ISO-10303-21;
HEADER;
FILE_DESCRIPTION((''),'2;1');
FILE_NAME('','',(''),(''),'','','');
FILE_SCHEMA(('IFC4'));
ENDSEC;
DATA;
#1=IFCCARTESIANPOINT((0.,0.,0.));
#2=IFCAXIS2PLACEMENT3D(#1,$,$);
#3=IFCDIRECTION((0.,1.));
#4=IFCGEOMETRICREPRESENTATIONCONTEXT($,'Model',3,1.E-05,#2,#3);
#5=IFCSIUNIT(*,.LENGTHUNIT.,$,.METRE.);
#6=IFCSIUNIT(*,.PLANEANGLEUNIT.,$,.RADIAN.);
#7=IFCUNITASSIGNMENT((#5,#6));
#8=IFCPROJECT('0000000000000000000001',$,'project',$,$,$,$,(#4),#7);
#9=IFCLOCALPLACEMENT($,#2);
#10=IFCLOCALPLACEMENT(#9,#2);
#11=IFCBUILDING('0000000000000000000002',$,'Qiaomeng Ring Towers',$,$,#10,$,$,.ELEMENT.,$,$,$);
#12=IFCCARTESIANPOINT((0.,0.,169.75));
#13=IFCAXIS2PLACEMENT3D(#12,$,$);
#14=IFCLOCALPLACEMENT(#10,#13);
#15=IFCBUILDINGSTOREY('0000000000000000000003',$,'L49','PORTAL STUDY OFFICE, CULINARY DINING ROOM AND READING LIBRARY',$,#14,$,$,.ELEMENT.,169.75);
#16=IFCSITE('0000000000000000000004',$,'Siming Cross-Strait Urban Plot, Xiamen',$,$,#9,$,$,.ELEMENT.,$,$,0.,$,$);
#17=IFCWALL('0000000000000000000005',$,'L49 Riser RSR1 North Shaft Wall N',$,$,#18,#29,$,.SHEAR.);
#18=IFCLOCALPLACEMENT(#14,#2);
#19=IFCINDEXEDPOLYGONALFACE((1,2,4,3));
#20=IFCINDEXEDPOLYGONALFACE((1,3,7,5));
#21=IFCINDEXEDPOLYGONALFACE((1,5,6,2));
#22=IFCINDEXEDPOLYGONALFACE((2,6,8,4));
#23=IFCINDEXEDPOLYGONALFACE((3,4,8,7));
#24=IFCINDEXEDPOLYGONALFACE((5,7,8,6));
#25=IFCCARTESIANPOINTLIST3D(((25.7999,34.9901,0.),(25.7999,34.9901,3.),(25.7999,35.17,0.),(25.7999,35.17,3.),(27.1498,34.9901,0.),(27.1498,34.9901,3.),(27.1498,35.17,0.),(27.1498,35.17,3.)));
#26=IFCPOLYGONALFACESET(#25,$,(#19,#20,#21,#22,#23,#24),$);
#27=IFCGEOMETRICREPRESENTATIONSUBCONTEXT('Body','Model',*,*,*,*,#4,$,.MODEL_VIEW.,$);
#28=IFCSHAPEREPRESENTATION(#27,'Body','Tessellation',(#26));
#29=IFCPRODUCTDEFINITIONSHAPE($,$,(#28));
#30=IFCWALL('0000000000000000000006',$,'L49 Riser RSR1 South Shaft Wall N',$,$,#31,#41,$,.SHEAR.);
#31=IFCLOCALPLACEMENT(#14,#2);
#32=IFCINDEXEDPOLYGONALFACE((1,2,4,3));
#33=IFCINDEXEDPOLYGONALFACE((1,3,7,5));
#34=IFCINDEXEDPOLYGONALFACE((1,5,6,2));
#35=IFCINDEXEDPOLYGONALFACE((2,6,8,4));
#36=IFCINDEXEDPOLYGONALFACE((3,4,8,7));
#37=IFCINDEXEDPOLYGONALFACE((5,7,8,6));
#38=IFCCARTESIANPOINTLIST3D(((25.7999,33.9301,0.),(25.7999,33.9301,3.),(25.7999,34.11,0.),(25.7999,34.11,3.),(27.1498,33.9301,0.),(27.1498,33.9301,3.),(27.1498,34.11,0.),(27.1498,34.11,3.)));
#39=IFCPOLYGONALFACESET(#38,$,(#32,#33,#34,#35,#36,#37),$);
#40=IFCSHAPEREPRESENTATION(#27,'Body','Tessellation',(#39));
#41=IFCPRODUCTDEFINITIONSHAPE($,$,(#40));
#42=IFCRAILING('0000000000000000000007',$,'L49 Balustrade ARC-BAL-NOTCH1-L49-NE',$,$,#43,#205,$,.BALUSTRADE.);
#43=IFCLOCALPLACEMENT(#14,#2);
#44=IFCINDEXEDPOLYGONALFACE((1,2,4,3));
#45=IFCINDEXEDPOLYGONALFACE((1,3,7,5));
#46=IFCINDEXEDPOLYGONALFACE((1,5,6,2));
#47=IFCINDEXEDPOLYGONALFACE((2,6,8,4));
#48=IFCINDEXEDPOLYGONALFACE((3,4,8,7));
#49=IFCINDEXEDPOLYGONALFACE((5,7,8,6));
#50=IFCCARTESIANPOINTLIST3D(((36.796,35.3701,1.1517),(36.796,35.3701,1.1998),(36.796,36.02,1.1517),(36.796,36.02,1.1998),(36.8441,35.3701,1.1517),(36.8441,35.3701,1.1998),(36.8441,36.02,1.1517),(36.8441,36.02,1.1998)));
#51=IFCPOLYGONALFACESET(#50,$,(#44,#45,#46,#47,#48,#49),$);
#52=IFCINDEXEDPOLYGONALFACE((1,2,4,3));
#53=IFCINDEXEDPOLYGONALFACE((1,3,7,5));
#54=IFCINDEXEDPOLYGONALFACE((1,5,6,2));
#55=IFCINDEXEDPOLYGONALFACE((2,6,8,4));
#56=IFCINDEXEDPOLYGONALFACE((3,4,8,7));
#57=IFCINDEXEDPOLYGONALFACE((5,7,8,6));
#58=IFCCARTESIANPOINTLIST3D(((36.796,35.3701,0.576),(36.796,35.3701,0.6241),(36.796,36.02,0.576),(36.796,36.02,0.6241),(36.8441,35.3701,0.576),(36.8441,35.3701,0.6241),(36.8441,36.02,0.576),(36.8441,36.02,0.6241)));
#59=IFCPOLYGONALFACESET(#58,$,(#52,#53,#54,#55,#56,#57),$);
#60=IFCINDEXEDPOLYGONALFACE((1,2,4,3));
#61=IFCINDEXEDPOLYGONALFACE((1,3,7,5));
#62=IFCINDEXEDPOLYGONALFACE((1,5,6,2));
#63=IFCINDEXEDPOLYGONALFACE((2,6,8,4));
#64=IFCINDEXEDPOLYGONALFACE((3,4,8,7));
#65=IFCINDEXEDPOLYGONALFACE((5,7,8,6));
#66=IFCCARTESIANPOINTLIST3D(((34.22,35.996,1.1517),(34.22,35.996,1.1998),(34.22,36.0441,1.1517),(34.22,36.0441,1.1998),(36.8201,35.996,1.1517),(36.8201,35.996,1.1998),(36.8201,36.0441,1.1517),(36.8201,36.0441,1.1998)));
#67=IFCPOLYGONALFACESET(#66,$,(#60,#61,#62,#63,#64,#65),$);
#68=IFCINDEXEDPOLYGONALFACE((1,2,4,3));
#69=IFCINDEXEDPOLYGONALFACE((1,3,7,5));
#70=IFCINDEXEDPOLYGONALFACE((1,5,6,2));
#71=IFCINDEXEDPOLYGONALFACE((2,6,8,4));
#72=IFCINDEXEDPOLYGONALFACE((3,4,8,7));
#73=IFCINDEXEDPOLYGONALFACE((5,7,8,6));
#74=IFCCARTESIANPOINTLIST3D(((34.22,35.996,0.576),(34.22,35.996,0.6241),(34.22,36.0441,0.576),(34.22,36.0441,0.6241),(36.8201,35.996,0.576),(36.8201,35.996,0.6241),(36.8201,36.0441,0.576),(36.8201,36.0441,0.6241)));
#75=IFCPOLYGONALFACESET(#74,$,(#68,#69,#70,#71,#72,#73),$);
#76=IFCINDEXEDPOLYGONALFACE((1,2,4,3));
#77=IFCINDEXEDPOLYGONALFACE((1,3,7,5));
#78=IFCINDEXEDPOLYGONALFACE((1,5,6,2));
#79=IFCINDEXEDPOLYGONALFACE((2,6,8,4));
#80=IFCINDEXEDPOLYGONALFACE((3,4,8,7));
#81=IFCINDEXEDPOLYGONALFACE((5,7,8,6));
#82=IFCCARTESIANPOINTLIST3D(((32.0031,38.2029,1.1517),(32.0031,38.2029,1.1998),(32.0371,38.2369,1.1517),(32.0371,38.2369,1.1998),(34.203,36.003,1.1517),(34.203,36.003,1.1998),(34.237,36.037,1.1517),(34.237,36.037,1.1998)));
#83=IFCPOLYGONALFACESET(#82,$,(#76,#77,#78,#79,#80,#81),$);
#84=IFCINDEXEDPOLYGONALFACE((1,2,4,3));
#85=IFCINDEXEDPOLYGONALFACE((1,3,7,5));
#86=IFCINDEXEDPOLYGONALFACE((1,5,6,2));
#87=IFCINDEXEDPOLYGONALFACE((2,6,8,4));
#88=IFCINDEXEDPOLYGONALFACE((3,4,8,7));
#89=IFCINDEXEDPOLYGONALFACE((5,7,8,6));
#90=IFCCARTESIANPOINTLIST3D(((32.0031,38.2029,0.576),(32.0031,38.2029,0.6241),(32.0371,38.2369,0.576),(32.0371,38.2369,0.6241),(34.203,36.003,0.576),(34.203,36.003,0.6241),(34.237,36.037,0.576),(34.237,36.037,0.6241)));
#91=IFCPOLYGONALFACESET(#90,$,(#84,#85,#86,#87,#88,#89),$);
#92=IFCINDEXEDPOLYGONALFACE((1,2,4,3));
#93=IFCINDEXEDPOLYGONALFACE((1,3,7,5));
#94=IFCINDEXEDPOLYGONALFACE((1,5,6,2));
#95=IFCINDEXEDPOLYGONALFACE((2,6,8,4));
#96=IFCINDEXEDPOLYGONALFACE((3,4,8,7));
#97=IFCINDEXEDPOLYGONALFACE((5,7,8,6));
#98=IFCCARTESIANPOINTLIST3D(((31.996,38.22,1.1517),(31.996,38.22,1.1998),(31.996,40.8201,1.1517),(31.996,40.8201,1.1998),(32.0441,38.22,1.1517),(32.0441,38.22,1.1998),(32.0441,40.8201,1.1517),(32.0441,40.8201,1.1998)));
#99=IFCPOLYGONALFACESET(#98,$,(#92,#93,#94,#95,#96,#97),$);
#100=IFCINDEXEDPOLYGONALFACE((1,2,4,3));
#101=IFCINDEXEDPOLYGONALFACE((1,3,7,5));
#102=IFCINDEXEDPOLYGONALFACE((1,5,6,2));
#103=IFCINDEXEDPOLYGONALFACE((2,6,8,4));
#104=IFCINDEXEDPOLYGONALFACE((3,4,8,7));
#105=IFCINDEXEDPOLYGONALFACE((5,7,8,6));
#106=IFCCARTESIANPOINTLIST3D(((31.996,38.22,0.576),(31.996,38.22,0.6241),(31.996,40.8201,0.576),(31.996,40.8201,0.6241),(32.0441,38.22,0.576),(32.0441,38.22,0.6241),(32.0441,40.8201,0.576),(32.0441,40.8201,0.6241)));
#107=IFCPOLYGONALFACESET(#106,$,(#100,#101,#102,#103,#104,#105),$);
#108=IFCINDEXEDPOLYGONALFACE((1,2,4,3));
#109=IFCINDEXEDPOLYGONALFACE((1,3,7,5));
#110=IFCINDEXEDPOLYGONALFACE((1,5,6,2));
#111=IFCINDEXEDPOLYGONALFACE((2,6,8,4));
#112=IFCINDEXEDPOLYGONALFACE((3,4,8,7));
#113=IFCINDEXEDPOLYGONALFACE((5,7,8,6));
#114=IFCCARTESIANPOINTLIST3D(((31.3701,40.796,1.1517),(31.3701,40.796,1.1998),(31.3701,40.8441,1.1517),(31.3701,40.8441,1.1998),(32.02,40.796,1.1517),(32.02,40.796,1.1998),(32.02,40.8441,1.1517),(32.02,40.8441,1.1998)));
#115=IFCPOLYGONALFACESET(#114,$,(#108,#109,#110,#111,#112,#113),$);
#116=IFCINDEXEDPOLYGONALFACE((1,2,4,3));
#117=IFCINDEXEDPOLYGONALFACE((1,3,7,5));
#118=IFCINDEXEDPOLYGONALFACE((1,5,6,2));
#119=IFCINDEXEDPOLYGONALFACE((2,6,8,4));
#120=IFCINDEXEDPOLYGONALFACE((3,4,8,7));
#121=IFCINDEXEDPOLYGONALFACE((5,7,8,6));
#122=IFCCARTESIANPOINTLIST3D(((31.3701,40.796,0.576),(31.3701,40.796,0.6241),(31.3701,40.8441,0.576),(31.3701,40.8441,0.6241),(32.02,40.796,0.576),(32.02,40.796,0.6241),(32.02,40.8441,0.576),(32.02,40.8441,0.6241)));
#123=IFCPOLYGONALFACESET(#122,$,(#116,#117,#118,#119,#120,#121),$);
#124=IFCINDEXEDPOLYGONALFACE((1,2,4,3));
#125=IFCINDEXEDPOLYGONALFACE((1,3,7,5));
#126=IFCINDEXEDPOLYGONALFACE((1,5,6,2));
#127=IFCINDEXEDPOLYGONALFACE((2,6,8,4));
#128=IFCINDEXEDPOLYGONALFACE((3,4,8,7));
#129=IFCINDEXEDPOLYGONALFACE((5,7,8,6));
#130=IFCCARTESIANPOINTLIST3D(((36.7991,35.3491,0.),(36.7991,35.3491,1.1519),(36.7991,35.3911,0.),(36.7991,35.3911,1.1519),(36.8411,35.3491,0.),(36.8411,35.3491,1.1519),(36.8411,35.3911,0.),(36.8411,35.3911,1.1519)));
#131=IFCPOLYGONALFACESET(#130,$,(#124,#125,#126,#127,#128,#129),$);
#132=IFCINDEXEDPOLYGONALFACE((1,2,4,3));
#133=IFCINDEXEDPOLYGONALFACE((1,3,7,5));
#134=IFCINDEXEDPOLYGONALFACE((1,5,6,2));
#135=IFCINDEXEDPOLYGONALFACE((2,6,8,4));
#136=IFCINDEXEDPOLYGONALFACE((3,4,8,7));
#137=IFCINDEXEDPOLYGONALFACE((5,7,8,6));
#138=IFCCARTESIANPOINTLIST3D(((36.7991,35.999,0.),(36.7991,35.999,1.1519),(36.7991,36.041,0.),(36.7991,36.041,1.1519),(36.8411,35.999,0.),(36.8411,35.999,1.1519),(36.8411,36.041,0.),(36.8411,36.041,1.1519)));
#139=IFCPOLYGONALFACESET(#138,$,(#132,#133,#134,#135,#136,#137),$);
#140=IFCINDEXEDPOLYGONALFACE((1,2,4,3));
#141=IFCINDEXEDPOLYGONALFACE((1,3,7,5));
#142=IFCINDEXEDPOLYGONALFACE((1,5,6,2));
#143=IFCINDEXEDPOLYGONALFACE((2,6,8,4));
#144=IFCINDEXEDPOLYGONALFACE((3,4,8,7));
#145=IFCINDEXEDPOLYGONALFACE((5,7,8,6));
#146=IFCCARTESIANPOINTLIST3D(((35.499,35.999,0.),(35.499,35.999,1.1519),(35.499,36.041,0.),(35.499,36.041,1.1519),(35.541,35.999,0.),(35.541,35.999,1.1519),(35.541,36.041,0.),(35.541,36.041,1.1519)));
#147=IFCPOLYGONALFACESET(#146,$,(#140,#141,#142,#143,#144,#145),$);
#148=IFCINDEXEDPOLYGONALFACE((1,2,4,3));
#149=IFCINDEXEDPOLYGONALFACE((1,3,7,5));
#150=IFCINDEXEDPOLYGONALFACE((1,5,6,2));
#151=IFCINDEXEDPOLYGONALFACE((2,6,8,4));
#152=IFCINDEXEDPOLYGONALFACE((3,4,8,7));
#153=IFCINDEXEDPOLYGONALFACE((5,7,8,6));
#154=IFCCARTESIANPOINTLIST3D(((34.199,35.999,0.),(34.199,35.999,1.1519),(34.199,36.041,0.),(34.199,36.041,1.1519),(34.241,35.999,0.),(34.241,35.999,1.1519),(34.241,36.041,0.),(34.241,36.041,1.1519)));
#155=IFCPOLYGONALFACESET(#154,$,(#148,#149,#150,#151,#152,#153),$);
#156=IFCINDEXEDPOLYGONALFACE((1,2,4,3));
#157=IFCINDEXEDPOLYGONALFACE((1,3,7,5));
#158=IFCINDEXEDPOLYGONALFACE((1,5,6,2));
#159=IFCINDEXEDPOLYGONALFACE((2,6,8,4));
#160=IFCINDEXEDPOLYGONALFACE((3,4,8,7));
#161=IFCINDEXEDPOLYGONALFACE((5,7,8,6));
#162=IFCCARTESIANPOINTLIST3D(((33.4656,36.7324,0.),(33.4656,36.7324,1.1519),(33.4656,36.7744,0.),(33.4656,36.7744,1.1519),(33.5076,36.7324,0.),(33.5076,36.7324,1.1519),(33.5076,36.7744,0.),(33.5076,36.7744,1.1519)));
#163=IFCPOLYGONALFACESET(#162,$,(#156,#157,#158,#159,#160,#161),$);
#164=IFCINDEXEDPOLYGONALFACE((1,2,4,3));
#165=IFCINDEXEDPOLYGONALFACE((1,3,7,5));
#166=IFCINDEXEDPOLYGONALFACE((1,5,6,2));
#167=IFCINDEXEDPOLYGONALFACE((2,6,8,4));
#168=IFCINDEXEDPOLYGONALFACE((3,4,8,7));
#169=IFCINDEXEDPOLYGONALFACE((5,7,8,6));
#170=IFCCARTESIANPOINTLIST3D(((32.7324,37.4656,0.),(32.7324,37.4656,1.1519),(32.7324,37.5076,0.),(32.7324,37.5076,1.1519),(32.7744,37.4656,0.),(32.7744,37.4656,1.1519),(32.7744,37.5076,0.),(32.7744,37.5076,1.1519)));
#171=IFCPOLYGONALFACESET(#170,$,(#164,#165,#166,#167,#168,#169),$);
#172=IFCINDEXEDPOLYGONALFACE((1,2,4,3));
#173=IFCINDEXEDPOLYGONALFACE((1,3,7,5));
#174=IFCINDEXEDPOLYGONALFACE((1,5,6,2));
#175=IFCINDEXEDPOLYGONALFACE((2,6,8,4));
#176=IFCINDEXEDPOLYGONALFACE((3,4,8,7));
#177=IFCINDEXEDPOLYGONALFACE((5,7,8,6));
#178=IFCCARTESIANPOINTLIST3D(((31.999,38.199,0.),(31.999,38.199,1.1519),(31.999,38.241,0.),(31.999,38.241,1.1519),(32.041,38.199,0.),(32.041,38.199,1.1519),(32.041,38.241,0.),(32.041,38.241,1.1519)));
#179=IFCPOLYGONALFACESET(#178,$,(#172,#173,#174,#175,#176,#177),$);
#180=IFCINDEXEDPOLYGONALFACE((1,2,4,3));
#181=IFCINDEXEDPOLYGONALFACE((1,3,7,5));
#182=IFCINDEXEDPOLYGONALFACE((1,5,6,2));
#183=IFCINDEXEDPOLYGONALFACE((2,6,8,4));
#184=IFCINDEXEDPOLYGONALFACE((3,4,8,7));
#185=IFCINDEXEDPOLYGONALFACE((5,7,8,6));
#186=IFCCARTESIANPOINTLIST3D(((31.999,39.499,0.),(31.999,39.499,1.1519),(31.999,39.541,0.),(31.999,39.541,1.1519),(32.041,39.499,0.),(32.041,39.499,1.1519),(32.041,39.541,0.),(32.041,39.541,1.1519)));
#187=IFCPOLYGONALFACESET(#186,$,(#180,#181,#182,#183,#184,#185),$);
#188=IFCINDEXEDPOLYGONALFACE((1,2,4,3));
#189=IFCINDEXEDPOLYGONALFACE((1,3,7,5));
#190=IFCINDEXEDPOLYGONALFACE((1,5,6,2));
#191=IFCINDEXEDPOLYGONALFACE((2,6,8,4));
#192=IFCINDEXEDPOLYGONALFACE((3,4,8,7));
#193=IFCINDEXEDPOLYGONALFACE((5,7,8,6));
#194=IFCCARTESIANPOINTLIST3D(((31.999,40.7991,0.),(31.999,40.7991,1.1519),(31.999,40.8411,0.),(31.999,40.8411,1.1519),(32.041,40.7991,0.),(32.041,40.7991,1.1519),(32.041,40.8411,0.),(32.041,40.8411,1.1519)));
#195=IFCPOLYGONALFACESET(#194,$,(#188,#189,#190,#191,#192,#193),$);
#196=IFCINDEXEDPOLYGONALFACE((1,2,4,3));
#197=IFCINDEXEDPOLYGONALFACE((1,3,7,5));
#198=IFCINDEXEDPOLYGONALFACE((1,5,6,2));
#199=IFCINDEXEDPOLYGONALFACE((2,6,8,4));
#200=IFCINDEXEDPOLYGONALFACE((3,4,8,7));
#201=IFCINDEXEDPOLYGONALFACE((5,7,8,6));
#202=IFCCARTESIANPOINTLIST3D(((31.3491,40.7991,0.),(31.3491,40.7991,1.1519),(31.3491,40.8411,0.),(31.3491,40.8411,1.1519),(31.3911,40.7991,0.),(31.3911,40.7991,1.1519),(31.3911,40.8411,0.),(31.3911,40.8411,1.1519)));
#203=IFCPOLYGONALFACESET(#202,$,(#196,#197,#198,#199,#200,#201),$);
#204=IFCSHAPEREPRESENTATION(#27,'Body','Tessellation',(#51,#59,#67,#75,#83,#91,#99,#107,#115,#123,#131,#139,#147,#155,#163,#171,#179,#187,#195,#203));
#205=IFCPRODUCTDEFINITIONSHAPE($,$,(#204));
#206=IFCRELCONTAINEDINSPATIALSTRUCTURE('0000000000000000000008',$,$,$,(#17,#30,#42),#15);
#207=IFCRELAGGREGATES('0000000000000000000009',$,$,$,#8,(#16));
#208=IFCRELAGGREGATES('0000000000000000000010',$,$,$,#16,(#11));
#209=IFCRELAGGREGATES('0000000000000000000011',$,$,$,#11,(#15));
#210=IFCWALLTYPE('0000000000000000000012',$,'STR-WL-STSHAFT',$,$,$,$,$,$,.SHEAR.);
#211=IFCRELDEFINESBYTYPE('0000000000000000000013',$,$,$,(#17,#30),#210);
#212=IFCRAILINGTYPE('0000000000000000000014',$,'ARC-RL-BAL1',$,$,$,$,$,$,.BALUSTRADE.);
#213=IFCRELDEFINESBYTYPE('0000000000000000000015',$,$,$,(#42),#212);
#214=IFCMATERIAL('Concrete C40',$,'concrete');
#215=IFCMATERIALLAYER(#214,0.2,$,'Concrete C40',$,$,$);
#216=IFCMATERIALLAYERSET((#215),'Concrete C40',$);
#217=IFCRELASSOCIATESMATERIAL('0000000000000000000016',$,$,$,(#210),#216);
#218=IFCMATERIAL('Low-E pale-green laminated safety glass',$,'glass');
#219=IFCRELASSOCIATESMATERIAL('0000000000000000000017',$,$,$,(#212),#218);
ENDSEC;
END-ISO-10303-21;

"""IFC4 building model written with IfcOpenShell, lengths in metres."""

from ifc_helpers import new_model, si_unit, direction, frame, frame_2d, origin, origin_2d, place, context, subcontext, project, spatial, rectangle, extrude, material, layer, layer_set, type_object, element, save


model = new_model("IFC4")

# Units and contexts
model_context = context("Model", 3, precision=1e-05, world=origin(), true_north=direction((0.0, 1.0)))
body_context = subcontext(model_context, "Body", "Model", "MODEL_VIEW")
ifc_project = project(units=[si_unit("LENGTHUNIT", "METRE"), si_unit("PLANEANGLEUNIT", "RADIAN")], contexts=[model_context])

# Site, building, storey
site_placement = place(None, origin())
site = spatial("IfcSite", under=ifc_project, at=site_placement, Name="Siming Cross-Strait Urban Plot, Xiamen", CompositionType="ELEMENT", RefElevation=0.0)
building_placement = place(site_placement, origin())
building = spatial("IfcBuilding", under=site, at=building_placement, Name="Qiaomeng Ring Towers", CompositionType="ELEMENT")
storey_placement = place(building_placement, frame((0.0, 0.0, 169.75)))
storey = spatial("IfcBuildingStorey", under=building, at=storey_placement, Name="L49", Description="PORTAL STUDY OFFICE, CULINARY DINING ROOM AND READING LIBRARY", CompositionType="ELEMENT", Elevation=169.75)

# Walls
ifc_material_1 = material(Name="Concrete C40", Category="concrete")
ifc_layer_1 = layer(ifc_material_1, 0.2, Name="Concrete C40")
ifc_layer_set_1 = layer_set([ifc_layer_1], Name="Concrete C40")
wall_type_1 = type_object("IfcWallType", Name="STR-WL-STSHAFT", PredefinedType="SHEAR", material=ifc_layer_set_1)
for number, where, z_axis, x_axis, name in (
    (1, (25.8, 35.0801, 0.0), (0.0, 0.0, 1.0), (1.0, 0.0, 0.0), "L49 Riser RSR1 North Shaft Wall N"),
    (2, (25.8, 34.02, 0.0), (0.0, 0.0, 1.0), (1.0, 0.0, 0.0), "L49 Riser RSR1 South Shaft Wall N"),
):
    element("IfcWall", number, at=place(storey_placement, frame(where, z_axis=z_axis, x_axis=x_axis)), inside=storey, type_object=wall_type_1, Name=name, PredefinedType="SHEAR", context=body_context, shape_type="SweptSolid", body=[
        extrude(rectangle(XDim=1.3499, YDim=0.1799, at=frame_2d((0.6748, 0.0))), origin(), (0.0, 0.0, 1.0), 3.0),
    ])

# Railing
ifc_material_2 = material(Name="Low-E pale-green laminated safety glass", Category="glass")
railing_type = type_object("IfcRailingType", Name="ARC-RL-BAL1", PredefinedType="BALUSTRADE", material=ifc_material_2)
railing_placement = place(storey_placement, frame((36.8201, 35.3701, 0.0)))
element("IfcRailing", 3, at=railing_placement, inside=storey, type_object=railing_type, Name="L49 Balustrade ARC-BAL-NOTCH1-L49-NE", PredefinedType="BALUSTRADE", context=body_context, shape_type="SweptSolid", body=[
    extrude(rectangle(XDim=0.0481, YDim=0.0481, at=origin_2d()), frame((0.0, 0.0, 1.1758), z_axis=(0.0, 1.0, 0.0), x_axis=(-1.0, 0.0, 0.0)), (0.0, 0.0, 1.0), 0.6499),
    extrude(rectangle(XDim=0.0481, YDim=0.0481, at=origin_2d()), frame((0.0, 0.0, 0.6001), z_axis=(0.0, 1.0, 0.0), x_axis=(-1.0, 0.0, 0.0)), (0.0, 0.0, 1.0), 0.6499),
    extrude(rectangle(XDim=0.0481, YDim=0.0481, at=origin_2d()), frame((0.0, 0.6499, 1.1758), z_axis=(-1.0, 0.0, 0.0), x_axis=(0.0, -1.0, 0.0)), (0.0, 0.0, 1.0), 2.6001),
    extrude(rectangle(XDim=0.0481, YDim=0.0481, at=origin_2d()), frame((0.0, 0.6499, 0.6001), z_axis=(-1.0, 0.0, 0.0), x_axis=(0.0, -1.0, 0.0)), (0.0, 0.0, 1.0), 2.6001),
    extrude(rectangle(XDim=0.0481, YDim=0.0481, at=origin_2d()), frame((-2.6001, 0.6499, 1.1758), z_axis=(-0.707107, 0.707107, 0.0), x_axis=(-0.707107, -0.707107, 0.0)), (0.0, 0.0, 1.0), 3.1111),
    extrude(rectangle(XDim=0.0481, YDim=0.0481, at=origin_2d()), frame((-2.6001, 0.6499, 0.6001), z_axis=(-0.707107, 0.707107, 0.0), x_axis=(-0.707107, -0.707107, 0.0)), (0.0, 0.0, 1.0), 3.1111),
    extrude(rectangle(XDim=0.0481, YDim=0.0481, at=origin_2d()), frame((-4.8, 2.8499, 1.1758), z_axis=(0.0, 1.0, 0.0), x_axis=(-1.0, 0.0, 0.0)), (0.0, 0.0, 1.0), 2.6001),
    extrude(rectangle(XDim=0.0481, YDim=0.0481, at=origin_2d()), frame((-4.8, 2.8499, 0.6001), z_axis=(0.0, 1.0, 0.0), x_axis=(-1.0, 0.0, 0.0)), (0.0, 0.0, 1.0), 2.6001),
    extrude(rectangle(XDim=0.0481, YDim=0.0481, at=origin_2d()), frame((-4.8, 5.45, 1.1758), z_axis=(-1.0, 0.0, 0.0), x_axis=(0.0, -1.0, 0.0)), (0.0, 0.0, 1.0), 0.6499),
    extrude(rectangle(XDim=0.0481, YDim=0.0481, at=origin_2d()), frame((-4.8, 5.45, 0.6001), z_axis=(-1.0, 0.0, 0.0), x_axis=(0.0, -1.0, 0.0)), (0.0, 0.0, 1.0), 0.6499),
    extrude(rectangle(XDim=0.042, YDim=0.042, at=origin_2d()), origin(), (0.0, 0.0, 1.0), 1.1519),
    extrude(rectangle(XDim=0.042, YDim=0.042, at=origin_2d()), frame((0.0, 0.6499, 0.0)), (0.0, 0.0, 1.0), 1.1519),
    extrude(rectangle(XDim=0.042, YDim=0.042, at=origin_2d()), frame((-1.3, 0.6499, 0.0)), (0.0, 0.0, 1.0), 1.1519),
    extrude(rectangle(XDim=0.042, YDim=0.042, at=origin_2d()), frame((-2.6001, 0.6499, 0.0)), (0.0, 0.0, 1.0), 1.1519),
    extrude(rectangle(XDim=0.042, YDim=0.042, at=origin_2d()), frame((-3.3335, 1.3833, 0.0)), (0.0, 0.0, 1.0), 1.1519),
    extrude(rectangle(XDim=0.042, YDim=0.042, at=origin_2d()), frame((-4.0667, 2.1165, 0.0)), (0.0, 0.0, 1.0), 1.1519),
    extrude(rectangle(XDim=0.042, YDim=0.042, at=origin_2d()), frame((-4.8, 2.8499, 0.0)), (0.0, 0.0, 1.0), 1.1519),
    extrude(rectangle(XDim=0.042, YDim=0.042, at=origin_2d()), frame((-4.8, 4.1499, 0.0)), (0.0, 0.0, 1.0), 1.1519),
    extrude(rectangle(XDim=0.042, YDim=0.042, at=origin_2d()), frame((-4.8, 5.45, 0.0)), (0.0, 0.0, 1.0), 1.1519),
    extrude(rectangle(XDim=0.042, YDim=0.042, at=origin_2d()), frame((-5.45, 5.45, 0.0)), (0.0, 0.0, 1.0), 1.1519),
])

save(model, "model.ifc")
